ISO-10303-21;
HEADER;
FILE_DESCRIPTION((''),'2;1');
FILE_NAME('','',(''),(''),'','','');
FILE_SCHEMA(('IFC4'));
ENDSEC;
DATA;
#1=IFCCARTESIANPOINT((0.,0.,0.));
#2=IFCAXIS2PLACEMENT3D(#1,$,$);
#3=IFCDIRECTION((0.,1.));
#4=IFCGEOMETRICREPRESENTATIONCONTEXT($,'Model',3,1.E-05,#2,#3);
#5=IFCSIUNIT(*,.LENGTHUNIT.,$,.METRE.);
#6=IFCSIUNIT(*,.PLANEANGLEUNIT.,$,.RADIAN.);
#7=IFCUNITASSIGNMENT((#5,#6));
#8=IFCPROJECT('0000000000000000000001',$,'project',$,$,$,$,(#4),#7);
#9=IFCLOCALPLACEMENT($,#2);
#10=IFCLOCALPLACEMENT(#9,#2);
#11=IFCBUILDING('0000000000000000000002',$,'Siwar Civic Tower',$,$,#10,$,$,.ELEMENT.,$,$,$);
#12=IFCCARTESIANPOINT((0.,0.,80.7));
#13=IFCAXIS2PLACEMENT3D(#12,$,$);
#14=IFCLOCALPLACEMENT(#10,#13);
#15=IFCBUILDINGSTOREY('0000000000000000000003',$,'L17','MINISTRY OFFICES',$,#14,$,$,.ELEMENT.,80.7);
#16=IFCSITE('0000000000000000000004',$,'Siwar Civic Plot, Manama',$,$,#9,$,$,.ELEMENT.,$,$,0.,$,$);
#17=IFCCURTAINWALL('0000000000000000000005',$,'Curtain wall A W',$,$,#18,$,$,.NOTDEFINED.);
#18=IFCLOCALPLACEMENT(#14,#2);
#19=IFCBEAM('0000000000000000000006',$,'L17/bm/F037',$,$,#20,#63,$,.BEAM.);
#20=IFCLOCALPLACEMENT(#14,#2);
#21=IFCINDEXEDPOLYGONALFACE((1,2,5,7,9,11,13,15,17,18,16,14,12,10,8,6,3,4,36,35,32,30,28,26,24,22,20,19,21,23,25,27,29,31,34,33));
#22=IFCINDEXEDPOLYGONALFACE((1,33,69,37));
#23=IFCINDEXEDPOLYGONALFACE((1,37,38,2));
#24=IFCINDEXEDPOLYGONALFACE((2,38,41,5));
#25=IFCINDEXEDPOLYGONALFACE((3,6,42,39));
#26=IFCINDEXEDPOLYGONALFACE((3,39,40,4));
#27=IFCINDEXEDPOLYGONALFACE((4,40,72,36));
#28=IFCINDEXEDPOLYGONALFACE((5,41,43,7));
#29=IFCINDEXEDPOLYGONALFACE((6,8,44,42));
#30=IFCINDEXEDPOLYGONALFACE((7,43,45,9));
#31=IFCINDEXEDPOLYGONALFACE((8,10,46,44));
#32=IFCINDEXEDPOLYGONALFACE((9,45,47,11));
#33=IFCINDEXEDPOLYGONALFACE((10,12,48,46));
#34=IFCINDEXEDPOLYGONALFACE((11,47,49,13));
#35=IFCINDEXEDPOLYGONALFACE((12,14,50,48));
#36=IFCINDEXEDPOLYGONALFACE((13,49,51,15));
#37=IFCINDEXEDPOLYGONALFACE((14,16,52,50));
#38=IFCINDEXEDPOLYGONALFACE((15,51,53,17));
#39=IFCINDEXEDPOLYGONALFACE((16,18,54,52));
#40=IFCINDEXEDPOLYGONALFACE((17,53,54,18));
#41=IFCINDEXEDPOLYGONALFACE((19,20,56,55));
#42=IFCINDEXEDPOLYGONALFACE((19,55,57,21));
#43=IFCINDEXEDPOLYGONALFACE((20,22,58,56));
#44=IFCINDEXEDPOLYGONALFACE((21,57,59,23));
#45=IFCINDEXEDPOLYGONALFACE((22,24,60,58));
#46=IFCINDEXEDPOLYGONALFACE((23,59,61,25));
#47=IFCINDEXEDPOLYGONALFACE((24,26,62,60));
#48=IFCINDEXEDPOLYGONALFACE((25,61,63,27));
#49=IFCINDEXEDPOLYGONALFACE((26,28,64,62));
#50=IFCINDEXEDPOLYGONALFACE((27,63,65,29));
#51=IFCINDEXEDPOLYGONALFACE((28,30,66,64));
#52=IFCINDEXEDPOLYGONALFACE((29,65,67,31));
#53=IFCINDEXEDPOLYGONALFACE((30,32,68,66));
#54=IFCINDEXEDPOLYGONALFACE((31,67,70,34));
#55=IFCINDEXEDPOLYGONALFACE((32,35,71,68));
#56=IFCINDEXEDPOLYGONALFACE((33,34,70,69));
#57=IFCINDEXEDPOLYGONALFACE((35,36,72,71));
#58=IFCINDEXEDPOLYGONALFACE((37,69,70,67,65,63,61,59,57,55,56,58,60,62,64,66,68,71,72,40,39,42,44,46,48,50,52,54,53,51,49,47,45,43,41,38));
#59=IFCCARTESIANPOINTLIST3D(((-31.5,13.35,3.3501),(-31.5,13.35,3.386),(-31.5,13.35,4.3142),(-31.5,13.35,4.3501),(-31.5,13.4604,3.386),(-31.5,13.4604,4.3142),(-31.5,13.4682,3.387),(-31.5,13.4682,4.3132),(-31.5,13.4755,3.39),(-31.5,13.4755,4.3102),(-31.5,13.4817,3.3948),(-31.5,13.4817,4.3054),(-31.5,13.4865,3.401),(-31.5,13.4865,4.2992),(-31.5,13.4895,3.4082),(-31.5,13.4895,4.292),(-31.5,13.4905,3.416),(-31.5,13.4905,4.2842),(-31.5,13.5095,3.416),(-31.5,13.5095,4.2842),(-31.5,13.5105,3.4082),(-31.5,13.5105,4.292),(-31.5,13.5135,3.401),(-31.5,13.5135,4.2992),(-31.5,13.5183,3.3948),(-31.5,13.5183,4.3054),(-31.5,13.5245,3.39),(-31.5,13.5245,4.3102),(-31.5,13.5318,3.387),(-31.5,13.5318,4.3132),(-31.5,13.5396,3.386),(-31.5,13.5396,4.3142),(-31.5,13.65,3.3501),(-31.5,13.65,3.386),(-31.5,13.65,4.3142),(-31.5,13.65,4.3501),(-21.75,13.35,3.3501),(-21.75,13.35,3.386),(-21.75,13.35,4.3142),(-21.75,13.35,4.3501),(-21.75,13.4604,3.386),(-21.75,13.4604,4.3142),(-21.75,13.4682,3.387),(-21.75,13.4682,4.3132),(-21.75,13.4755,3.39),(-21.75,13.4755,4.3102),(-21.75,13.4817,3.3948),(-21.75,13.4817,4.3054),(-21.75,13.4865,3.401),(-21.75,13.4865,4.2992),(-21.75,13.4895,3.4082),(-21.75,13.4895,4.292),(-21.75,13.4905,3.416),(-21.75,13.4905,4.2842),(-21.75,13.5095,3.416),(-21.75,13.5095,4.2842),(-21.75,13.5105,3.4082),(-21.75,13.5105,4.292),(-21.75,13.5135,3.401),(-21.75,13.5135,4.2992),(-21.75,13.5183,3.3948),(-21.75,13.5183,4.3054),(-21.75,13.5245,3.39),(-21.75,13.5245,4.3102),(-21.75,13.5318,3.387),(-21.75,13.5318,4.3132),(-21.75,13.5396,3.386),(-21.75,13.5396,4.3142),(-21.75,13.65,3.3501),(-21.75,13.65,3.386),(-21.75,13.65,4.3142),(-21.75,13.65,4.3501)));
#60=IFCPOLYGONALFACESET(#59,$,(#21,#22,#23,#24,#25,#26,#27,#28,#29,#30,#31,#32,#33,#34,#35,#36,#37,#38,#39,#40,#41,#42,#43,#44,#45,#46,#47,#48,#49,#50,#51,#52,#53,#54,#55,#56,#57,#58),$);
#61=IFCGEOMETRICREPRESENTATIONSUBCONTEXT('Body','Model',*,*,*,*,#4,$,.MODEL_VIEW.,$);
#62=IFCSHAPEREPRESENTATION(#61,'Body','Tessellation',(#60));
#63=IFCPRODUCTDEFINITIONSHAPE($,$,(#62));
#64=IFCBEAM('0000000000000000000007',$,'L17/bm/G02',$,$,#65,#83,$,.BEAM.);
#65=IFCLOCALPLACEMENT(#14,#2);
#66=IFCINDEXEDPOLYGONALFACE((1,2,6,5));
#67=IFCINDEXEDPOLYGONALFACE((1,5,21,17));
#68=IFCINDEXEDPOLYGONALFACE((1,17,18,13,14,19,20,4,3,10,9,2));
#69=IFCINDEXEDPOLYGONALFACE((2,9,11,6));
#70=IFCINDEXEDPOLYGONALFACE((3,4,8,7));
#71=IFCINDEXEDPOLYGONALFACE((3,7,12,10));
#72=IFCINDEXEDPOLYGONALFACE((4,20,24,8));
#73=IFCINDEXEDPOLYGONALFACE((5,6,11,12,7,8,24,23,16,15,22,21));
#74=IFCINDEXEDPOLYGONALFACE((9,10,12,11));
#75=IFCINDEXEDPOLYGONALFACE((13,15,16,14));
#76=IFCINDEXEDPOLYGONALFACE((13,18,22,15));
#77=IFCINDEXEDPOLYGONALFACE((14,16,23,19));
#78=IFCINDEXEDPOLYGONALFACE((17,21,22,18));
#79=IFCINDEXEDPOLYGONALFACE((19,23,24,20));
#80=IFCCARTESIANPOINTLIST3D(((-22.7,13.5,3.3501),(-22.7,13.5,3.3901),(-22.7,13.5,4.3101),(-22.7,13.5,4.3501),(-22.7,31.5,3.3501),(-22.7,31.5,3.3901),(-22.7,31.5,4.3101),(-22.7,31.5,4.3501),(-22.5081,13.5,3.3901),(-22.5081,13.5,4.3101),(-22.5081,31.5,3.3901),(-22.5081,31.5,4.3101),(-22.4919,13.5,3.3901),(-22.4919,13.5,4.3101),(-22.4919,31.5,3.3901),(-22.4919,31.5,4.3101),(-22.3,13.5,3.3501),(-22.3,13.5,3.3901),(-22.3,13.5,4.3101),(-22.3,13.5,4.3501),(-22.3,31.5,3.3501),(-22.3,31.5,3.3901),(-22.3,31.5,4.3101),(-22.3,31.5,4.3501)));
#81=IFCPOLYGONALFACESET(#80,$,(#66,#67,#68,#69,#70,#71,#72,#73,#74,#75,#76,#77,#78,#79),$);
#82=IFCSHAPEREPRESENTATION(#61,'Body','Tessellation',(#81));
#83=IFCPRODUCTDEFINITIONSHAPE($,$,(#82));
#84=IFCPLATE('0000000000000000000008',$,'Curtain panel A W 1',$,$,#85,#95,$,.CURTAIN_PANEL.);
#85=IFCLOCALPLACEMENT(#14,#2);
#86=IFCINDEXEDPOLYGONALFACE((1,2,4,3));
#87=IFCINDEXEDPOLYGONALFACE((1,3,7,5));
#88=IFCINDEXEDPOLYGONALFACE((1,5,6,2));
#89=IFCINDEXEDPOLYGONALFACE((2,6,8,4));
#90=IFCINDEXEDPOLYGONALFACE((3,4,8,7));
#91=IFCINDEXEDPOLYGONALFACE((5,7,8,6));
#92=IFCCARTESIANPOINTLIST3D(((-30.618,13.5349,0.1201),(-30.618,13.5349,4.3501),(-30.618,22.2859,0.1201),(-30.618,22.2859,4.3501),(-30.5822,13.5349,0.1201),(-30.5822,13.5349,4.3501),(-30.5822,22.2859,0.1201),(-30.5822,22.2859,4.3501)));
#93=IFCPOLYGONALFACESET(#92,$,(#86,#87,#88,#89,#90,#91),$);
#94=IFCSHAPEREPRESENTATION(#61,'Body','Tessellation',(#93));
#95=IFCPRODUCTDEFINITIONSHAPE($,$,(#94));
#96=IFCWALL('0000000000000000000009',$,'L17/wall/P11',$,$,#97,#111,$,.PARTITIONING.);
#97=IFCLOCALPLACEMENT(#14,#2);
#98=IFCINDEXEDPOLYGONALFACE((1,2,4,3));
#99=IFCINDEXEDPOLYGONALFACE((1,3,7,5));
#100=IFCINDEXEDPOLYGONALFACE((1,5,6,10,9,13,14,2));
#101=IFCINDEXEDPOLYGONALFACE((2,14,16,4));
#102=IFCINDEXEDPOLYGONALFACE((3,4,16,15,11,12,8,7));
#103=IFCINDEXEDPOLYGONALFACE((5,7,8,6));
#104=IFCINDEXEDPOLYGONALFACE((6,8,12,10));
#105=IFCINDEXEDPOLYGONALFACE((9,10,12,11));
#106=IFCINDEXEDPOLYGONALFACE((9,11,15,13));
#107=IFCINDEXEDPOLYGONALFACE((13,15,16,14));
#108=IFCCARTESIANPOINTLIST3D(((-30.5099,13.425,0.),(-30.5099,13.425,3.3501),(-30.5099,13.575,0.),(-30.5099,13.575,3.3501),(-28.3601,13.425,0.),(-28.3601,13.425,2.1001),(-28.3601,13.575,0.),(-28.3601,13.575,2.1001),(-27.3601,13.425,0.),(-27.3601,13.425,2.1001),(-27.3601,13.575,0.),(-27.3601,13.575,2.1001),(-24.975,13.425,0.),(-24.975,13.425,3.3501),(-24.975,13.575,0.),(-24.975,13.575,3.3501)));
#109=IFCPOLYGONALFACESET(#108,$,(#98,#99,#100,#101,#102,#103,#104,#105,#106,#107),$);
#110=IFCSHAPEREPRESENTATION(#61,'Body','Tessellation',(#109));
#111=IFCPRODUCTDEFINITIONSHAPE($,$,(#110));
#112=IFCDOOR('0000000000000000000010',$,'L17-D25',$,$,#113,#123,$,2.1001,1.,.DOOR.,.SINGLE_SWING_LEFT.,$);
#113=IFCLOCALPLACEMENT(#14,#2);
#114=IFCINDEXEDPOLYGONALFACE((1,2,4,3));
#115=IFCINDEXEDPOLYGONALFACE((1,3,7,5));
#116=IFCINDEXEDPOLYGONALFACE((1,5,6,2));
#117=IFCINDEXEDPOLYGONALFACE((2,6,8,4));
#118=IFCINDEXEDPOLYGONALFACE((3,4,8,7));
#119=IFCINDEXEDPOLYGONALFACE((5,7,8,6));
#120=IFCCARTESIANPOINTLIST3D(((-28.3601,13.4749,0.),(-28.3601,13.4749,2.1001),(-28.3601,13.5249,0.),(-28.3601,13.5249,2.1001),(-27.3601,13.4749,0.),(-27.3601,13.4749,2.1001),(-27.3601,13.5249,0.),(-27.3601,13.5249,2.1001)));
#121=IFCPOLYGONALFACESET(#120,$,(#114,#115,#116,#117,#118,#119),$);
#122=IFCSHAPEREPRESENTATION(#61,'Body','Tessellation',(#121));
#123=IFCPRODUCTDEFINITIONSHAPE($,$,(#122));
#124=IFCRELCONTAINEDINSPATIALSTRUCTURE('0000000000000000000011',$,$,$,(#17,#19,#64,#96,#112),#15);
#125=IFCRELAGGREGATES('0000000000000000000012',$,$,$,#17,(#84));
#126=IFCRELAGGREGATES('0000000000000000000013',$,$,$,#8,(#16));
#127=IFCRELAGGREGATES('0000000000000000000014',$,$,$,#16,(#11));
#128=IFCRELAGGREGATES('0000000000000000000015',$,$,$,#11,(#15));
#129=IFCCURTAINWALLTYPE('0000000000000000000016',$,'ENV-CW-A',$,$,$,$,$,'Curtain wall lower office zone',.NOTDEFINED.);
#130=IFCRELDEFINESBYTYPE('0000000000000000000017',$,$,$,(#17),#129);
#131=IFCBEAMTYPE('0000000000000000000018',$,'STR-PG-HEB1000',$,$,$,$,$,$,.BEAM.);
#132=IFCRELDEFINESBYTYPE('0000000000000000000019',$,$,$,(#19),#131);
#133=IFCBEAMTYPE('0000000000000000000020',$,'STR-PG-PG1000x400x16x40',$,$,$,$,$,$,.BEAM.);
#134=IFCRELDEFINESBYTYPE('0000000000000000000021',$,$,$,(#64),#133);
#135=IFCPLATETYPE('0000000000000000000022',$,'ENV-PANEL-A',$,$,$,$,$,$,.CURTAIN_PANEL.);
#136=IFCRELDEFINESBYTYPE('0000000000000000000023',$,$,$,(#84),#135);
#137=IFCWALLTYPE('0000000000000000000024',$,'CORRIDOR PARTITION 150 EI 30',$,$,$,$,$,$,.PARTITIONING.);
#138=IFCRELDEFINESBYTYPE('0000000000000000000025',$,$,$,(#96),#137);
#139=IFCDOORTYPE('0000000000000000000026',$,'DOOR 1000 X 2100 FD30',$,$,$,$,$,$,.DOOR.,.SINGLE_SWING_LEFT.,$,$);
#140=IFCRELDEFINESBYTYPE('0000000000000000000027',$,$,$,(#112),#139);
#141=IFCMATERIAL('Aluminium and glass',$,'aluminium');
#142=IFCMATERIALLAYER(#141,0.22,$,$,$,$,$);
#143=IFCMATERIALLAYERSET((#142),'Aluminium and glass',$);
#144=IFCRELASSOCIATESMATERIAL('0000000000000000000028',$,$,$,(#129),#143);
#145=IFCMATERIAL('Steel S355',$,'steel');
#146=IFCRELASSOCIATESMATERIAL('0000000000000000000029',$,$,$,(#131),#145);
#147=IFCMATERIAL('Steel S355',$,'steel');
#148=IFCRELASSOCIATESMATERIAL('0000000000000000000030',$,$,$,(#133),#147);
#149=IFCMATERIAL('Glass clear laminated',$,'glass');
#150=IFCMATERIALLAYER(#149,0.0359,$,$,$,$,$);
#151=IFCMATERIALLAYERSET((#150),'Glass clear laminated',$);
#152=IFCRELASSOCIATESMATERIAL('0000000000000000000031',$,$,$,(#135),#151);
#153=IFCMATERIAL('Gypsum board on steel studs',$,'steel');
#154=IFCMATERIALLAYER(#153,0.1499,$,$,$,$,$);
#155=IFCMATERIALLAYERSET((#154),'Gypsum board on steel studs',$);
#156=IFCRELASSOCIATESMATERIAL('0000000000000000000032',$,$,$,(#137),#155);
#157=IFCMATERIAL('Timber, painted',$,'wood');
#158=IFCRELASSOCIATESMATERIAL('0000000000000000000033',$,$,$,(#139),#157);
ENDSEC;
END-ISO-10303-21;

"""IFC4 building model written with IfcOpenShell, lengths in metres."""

from ifc_helpers import new_model, si_unit, direction, frame, frame_2d, origin, origin_2d, place, context, subcontext, project, spatial, rectangle, i_section, extrude, material, layer, layer_set, material_profile, profile_set, type_object, element, fill, aggregate, save


model = new_model("IFC4")

# Units and contexts
model_context = context("Model", 3, precision=1e-05, world=origin(), true_north=direction((0.0, 1.0)))
body_context = subcontext(model_context, "Body", "Model", "MODEL_VIEW")
ifc_project = project(units=[si_unit("LENGTHUNIT", "METRE"), si_unit("PLANEANGLEUNIT", "RADIAN")], contexts=[model_context])

# Site, building, storey
site_placement = place(None, origin())
site = spatial("IfcSite", under=ifc_project, at=site_placement, Name="Siwar Civic Plot, Manama", CompositionType="ELEMENT", RefElevation=0.0)
building_placement = place(site_placement, origin())
building = spatial("IfcBuilding", under=site, at=building_placement, Name="Siwar Civic Tower", CompositionType="ELEMENT")
storey_placement = place(building_placement, frame((0.0, 0.0, 80.7)))
storey = spatial("IfcBuildingStorey", under=building, at=storey_placement, Name="L17", Description="MINISTRY OFFICES", CompositionType="ELEMENT", Elevation=80.7)

# Curtain wall
ifc_material_1 = material(Name="Aluminium and glass", Category="aluminium")
ifc_layer_1 = layer(ifc_material_1, 0.22)
ifc_layer_set_1 = layer_set([ifc_layer_1], Name="Aluminium and glass")
curtain_wall_type = type_object("IfcCurtainWallType", Name="ENV-CW-A", ElementType="Curtain wall lower office zone", PredefinedType="NOTDEFINED", material=ifc_layer_set_1)
curtain_wall_placement = place(storey_placement, origin())
curtain_wall = element("IfcCurtainWall", 1, at=curtain_wall_placement, inside=storey, type_object=curtain_wall_type, Name="Curtain wall A W", PredefinedType="NOTDEFINED")

# Beams
ifc_material_2 = material(Name="Steel S355", Category="steel")
ifc_material_profile_1 = material_profile(ifc_material_2, i_section(OverallWidth=0.3, OverallDepth=1.0, WebThickness=0.019, FlangeThickness=0.0359, FilletRadius=0.03, at=origin_2d()), Name="HEB1000")
ifc_profile_set_1 = profile_set([ifc_material_profile_1], Name="Steel S355")
beam_type_1 = type_object("IfcBeamType", Name="STR-PG-HEB1000", PredefinedType="BEAM", material=ifc_profile_set_1)
beam_1_placement = place(storey_placement, frame((-31.5, 13.5, 3.8501), z_axis=(1.0, 0.0, 0.0), x_axis=(0.0, 1.0, 0.0)))
element("IfcBeam", 2, at=beam_1_placement, inside=storey, type_object=beam_type_1, Name="L17/bm/F037", PredefinedType="BEAM", context=body_context, shape_type="SweptSolid", body=[
    extrude(i_section(OverallWidth=0.3, OverallDepth=1.0, WebThickness=0.019, FlangeThickness=0.0359, FilletRadius=0.03, at=origin_2d()), origin(), (0.0, 0.0, 1.0), 9.75),
])
ifc_material_3 = material(Name="Steel S355", Category="steel")
ifc_material_profile_2 = material_profile(ifc_material_3, i_section(OverallWidth=0.3999, OverallDepth=1.0, WebThickness=0.0161, FlangeThickness=0.04, at=origin_2d()), Name="PG1000x400x16x40")
ifc_profile_set_2 = profile_set([ifc_material_profile_2], Name="Steel S355")
beam_type_2 = type_object("IfcBeamType", Name="STR-PG-PG1000x400x16x40", PredefinedType="BEAM", material=ifc_profile_set_2)
beam_2_placement = place(storey_placement, frame((-22.5, 13.5, 3.8501), z_axis=(0.0, 1.0, 0.0), x_axis=(-1.0, 0.0, 0.0)))
element("IfcBeam", 3, at=beam_2_placement, inside=storey, type_object=beam_type_2, Name="L17/bm/G02", PredefinedType="BEAM", context=body_context, shape_type="SweptSolid", body=[
    extrude(i_section(OverallWidth=0.3999, OverallDepth=1.0, WebThickness=0.0161, FlangeThickness=0.04, at=origin_2d()), origin(), (0.0, 0.0, 1.0), 18.0),
])

# Plate
ifc_material_4 = material(Name="Glass clear laminated", Category="glass")
ifc_layer_2 = layer(ifc_material_4, 0.0359)
ifc_layer_set_2 = layer_set([ifc_layer_2], Name="Glass clear laminated")
plate_type = type_object("IfcPlateType", Name="ENV-PANEL-A", PredefinedType="CURTAIN_PANEL", material=ifc_layer_set_2)
plate_placement = place(storey_placement, frame((-30.6001, 17.9104, 0.1201), z_axis=(0.0, 0.0, 1.0), x_axis=(0.0, -1.0, 0.0)))
plate = element("IfcPlate", 4, at=plate_placement, type_object=plate_type, Name="Curtain panel A W 1", PredefinedType="CURTAIN_PANEL", context=body_context, shape_type="SweptSolid", body=[
    extrude(rectangle(XDim=8.751, YDim=0.0359, at=origin_2d()), origin(), (0.0, 0.0, 1.0), 4.23),
])
aggregate(curtain_wall, [plate])

# Wall, opening, door
ifc_material_5 = material(Name="Gypsum board on steel studs", Category="steel")
ifc_layer_3 = layer(ifc_material_5, 0.1499)
ifc_layer_set_3 = layer_set([ifc_layer_3], Name="Gypsum board on steel studs")
wall_type_1 = type_object("IfcWallType", Name="CORRIDOR PARTITION 150 EI 30", PredefinedType="PARTITIONING", material=ifc_layer_set_3)
wall_1_placement = place(storey_placement, frame((-30.51, 13.5, 0.0), z_axis=(0.0, 0.0, 1.0), x_axis=(1.0, 0.0, 0.0)))
wall_1 = element("IfcWall", 5, at=wall_1_placement, inside=storey, type_object=wall_type_1, Name="L17/wall/P11", PredefinedType="PARTITIONING", context=body_context, shape_type="SweptSolid", body=[
    extrude(rectangle(XDim=5.5349, YDim=0.1499, at=frame_2d((2.7676, 0.0))), origin(), (0.0, 0.0, 1.0), 3.3501),
])
opening_1_placement = place(wall_1_placement, frame((2.1499, 0.0, 0.0)))
opening_1 = element("IfcOpeningElement", 6, at=opening_1_placement, cuts=wall_1, PredefinedType="OPENING", context=body_context, shape_type="SweptSolid", body=[
    extrude(rectangle(XDim=1.0, YDim=2.1001, at=frame_2d((0.5, 1.05))), frame((0.0, 0.085, 0.0), z_axis=(0.0, -1.0, 0.0), x_axis=(1.0, 0.0, 0.0)), (0.0, 0.0, 1.0), 0.1699),
])
ifc_material_6 = material(Name="Timber, painted", Category="wood")
door_type_1 = type_object("IfcDoorType", Name="DOOR 1000 X 2100 FD30", OperationType="SINGLE_SWING_LEFT", PredefinedType="DOOR", material=ifc_material_6)
door_1_placement = place(opening_1_placement, origin())
door_1 = element("IfcDoor", 7, at=door_1_placement, inside=storey, type_object=door_type_1, Name="L17-D25", OperationType="SINGLE_SWING_LEFT", OverallHeight=2.1001, OverallWidth=1.0, PredefinedType="DOOR", context=body_context, shape_type="SweptSolid", body=[
    extrude(rectangle(XDim=1.0, YDim=2.1001, at=frame_2d((0.5, 1.05))), frame((0.0, 0.0249, 0.0), z_axis=(0.0, -1.0, 0.0), x_axis=(1.0, 0.0, 0.0)), (0.0, 0.0, 1.0), 0.05),
])
fill(opening_1, door_1)

save(model, "model.ifc")
